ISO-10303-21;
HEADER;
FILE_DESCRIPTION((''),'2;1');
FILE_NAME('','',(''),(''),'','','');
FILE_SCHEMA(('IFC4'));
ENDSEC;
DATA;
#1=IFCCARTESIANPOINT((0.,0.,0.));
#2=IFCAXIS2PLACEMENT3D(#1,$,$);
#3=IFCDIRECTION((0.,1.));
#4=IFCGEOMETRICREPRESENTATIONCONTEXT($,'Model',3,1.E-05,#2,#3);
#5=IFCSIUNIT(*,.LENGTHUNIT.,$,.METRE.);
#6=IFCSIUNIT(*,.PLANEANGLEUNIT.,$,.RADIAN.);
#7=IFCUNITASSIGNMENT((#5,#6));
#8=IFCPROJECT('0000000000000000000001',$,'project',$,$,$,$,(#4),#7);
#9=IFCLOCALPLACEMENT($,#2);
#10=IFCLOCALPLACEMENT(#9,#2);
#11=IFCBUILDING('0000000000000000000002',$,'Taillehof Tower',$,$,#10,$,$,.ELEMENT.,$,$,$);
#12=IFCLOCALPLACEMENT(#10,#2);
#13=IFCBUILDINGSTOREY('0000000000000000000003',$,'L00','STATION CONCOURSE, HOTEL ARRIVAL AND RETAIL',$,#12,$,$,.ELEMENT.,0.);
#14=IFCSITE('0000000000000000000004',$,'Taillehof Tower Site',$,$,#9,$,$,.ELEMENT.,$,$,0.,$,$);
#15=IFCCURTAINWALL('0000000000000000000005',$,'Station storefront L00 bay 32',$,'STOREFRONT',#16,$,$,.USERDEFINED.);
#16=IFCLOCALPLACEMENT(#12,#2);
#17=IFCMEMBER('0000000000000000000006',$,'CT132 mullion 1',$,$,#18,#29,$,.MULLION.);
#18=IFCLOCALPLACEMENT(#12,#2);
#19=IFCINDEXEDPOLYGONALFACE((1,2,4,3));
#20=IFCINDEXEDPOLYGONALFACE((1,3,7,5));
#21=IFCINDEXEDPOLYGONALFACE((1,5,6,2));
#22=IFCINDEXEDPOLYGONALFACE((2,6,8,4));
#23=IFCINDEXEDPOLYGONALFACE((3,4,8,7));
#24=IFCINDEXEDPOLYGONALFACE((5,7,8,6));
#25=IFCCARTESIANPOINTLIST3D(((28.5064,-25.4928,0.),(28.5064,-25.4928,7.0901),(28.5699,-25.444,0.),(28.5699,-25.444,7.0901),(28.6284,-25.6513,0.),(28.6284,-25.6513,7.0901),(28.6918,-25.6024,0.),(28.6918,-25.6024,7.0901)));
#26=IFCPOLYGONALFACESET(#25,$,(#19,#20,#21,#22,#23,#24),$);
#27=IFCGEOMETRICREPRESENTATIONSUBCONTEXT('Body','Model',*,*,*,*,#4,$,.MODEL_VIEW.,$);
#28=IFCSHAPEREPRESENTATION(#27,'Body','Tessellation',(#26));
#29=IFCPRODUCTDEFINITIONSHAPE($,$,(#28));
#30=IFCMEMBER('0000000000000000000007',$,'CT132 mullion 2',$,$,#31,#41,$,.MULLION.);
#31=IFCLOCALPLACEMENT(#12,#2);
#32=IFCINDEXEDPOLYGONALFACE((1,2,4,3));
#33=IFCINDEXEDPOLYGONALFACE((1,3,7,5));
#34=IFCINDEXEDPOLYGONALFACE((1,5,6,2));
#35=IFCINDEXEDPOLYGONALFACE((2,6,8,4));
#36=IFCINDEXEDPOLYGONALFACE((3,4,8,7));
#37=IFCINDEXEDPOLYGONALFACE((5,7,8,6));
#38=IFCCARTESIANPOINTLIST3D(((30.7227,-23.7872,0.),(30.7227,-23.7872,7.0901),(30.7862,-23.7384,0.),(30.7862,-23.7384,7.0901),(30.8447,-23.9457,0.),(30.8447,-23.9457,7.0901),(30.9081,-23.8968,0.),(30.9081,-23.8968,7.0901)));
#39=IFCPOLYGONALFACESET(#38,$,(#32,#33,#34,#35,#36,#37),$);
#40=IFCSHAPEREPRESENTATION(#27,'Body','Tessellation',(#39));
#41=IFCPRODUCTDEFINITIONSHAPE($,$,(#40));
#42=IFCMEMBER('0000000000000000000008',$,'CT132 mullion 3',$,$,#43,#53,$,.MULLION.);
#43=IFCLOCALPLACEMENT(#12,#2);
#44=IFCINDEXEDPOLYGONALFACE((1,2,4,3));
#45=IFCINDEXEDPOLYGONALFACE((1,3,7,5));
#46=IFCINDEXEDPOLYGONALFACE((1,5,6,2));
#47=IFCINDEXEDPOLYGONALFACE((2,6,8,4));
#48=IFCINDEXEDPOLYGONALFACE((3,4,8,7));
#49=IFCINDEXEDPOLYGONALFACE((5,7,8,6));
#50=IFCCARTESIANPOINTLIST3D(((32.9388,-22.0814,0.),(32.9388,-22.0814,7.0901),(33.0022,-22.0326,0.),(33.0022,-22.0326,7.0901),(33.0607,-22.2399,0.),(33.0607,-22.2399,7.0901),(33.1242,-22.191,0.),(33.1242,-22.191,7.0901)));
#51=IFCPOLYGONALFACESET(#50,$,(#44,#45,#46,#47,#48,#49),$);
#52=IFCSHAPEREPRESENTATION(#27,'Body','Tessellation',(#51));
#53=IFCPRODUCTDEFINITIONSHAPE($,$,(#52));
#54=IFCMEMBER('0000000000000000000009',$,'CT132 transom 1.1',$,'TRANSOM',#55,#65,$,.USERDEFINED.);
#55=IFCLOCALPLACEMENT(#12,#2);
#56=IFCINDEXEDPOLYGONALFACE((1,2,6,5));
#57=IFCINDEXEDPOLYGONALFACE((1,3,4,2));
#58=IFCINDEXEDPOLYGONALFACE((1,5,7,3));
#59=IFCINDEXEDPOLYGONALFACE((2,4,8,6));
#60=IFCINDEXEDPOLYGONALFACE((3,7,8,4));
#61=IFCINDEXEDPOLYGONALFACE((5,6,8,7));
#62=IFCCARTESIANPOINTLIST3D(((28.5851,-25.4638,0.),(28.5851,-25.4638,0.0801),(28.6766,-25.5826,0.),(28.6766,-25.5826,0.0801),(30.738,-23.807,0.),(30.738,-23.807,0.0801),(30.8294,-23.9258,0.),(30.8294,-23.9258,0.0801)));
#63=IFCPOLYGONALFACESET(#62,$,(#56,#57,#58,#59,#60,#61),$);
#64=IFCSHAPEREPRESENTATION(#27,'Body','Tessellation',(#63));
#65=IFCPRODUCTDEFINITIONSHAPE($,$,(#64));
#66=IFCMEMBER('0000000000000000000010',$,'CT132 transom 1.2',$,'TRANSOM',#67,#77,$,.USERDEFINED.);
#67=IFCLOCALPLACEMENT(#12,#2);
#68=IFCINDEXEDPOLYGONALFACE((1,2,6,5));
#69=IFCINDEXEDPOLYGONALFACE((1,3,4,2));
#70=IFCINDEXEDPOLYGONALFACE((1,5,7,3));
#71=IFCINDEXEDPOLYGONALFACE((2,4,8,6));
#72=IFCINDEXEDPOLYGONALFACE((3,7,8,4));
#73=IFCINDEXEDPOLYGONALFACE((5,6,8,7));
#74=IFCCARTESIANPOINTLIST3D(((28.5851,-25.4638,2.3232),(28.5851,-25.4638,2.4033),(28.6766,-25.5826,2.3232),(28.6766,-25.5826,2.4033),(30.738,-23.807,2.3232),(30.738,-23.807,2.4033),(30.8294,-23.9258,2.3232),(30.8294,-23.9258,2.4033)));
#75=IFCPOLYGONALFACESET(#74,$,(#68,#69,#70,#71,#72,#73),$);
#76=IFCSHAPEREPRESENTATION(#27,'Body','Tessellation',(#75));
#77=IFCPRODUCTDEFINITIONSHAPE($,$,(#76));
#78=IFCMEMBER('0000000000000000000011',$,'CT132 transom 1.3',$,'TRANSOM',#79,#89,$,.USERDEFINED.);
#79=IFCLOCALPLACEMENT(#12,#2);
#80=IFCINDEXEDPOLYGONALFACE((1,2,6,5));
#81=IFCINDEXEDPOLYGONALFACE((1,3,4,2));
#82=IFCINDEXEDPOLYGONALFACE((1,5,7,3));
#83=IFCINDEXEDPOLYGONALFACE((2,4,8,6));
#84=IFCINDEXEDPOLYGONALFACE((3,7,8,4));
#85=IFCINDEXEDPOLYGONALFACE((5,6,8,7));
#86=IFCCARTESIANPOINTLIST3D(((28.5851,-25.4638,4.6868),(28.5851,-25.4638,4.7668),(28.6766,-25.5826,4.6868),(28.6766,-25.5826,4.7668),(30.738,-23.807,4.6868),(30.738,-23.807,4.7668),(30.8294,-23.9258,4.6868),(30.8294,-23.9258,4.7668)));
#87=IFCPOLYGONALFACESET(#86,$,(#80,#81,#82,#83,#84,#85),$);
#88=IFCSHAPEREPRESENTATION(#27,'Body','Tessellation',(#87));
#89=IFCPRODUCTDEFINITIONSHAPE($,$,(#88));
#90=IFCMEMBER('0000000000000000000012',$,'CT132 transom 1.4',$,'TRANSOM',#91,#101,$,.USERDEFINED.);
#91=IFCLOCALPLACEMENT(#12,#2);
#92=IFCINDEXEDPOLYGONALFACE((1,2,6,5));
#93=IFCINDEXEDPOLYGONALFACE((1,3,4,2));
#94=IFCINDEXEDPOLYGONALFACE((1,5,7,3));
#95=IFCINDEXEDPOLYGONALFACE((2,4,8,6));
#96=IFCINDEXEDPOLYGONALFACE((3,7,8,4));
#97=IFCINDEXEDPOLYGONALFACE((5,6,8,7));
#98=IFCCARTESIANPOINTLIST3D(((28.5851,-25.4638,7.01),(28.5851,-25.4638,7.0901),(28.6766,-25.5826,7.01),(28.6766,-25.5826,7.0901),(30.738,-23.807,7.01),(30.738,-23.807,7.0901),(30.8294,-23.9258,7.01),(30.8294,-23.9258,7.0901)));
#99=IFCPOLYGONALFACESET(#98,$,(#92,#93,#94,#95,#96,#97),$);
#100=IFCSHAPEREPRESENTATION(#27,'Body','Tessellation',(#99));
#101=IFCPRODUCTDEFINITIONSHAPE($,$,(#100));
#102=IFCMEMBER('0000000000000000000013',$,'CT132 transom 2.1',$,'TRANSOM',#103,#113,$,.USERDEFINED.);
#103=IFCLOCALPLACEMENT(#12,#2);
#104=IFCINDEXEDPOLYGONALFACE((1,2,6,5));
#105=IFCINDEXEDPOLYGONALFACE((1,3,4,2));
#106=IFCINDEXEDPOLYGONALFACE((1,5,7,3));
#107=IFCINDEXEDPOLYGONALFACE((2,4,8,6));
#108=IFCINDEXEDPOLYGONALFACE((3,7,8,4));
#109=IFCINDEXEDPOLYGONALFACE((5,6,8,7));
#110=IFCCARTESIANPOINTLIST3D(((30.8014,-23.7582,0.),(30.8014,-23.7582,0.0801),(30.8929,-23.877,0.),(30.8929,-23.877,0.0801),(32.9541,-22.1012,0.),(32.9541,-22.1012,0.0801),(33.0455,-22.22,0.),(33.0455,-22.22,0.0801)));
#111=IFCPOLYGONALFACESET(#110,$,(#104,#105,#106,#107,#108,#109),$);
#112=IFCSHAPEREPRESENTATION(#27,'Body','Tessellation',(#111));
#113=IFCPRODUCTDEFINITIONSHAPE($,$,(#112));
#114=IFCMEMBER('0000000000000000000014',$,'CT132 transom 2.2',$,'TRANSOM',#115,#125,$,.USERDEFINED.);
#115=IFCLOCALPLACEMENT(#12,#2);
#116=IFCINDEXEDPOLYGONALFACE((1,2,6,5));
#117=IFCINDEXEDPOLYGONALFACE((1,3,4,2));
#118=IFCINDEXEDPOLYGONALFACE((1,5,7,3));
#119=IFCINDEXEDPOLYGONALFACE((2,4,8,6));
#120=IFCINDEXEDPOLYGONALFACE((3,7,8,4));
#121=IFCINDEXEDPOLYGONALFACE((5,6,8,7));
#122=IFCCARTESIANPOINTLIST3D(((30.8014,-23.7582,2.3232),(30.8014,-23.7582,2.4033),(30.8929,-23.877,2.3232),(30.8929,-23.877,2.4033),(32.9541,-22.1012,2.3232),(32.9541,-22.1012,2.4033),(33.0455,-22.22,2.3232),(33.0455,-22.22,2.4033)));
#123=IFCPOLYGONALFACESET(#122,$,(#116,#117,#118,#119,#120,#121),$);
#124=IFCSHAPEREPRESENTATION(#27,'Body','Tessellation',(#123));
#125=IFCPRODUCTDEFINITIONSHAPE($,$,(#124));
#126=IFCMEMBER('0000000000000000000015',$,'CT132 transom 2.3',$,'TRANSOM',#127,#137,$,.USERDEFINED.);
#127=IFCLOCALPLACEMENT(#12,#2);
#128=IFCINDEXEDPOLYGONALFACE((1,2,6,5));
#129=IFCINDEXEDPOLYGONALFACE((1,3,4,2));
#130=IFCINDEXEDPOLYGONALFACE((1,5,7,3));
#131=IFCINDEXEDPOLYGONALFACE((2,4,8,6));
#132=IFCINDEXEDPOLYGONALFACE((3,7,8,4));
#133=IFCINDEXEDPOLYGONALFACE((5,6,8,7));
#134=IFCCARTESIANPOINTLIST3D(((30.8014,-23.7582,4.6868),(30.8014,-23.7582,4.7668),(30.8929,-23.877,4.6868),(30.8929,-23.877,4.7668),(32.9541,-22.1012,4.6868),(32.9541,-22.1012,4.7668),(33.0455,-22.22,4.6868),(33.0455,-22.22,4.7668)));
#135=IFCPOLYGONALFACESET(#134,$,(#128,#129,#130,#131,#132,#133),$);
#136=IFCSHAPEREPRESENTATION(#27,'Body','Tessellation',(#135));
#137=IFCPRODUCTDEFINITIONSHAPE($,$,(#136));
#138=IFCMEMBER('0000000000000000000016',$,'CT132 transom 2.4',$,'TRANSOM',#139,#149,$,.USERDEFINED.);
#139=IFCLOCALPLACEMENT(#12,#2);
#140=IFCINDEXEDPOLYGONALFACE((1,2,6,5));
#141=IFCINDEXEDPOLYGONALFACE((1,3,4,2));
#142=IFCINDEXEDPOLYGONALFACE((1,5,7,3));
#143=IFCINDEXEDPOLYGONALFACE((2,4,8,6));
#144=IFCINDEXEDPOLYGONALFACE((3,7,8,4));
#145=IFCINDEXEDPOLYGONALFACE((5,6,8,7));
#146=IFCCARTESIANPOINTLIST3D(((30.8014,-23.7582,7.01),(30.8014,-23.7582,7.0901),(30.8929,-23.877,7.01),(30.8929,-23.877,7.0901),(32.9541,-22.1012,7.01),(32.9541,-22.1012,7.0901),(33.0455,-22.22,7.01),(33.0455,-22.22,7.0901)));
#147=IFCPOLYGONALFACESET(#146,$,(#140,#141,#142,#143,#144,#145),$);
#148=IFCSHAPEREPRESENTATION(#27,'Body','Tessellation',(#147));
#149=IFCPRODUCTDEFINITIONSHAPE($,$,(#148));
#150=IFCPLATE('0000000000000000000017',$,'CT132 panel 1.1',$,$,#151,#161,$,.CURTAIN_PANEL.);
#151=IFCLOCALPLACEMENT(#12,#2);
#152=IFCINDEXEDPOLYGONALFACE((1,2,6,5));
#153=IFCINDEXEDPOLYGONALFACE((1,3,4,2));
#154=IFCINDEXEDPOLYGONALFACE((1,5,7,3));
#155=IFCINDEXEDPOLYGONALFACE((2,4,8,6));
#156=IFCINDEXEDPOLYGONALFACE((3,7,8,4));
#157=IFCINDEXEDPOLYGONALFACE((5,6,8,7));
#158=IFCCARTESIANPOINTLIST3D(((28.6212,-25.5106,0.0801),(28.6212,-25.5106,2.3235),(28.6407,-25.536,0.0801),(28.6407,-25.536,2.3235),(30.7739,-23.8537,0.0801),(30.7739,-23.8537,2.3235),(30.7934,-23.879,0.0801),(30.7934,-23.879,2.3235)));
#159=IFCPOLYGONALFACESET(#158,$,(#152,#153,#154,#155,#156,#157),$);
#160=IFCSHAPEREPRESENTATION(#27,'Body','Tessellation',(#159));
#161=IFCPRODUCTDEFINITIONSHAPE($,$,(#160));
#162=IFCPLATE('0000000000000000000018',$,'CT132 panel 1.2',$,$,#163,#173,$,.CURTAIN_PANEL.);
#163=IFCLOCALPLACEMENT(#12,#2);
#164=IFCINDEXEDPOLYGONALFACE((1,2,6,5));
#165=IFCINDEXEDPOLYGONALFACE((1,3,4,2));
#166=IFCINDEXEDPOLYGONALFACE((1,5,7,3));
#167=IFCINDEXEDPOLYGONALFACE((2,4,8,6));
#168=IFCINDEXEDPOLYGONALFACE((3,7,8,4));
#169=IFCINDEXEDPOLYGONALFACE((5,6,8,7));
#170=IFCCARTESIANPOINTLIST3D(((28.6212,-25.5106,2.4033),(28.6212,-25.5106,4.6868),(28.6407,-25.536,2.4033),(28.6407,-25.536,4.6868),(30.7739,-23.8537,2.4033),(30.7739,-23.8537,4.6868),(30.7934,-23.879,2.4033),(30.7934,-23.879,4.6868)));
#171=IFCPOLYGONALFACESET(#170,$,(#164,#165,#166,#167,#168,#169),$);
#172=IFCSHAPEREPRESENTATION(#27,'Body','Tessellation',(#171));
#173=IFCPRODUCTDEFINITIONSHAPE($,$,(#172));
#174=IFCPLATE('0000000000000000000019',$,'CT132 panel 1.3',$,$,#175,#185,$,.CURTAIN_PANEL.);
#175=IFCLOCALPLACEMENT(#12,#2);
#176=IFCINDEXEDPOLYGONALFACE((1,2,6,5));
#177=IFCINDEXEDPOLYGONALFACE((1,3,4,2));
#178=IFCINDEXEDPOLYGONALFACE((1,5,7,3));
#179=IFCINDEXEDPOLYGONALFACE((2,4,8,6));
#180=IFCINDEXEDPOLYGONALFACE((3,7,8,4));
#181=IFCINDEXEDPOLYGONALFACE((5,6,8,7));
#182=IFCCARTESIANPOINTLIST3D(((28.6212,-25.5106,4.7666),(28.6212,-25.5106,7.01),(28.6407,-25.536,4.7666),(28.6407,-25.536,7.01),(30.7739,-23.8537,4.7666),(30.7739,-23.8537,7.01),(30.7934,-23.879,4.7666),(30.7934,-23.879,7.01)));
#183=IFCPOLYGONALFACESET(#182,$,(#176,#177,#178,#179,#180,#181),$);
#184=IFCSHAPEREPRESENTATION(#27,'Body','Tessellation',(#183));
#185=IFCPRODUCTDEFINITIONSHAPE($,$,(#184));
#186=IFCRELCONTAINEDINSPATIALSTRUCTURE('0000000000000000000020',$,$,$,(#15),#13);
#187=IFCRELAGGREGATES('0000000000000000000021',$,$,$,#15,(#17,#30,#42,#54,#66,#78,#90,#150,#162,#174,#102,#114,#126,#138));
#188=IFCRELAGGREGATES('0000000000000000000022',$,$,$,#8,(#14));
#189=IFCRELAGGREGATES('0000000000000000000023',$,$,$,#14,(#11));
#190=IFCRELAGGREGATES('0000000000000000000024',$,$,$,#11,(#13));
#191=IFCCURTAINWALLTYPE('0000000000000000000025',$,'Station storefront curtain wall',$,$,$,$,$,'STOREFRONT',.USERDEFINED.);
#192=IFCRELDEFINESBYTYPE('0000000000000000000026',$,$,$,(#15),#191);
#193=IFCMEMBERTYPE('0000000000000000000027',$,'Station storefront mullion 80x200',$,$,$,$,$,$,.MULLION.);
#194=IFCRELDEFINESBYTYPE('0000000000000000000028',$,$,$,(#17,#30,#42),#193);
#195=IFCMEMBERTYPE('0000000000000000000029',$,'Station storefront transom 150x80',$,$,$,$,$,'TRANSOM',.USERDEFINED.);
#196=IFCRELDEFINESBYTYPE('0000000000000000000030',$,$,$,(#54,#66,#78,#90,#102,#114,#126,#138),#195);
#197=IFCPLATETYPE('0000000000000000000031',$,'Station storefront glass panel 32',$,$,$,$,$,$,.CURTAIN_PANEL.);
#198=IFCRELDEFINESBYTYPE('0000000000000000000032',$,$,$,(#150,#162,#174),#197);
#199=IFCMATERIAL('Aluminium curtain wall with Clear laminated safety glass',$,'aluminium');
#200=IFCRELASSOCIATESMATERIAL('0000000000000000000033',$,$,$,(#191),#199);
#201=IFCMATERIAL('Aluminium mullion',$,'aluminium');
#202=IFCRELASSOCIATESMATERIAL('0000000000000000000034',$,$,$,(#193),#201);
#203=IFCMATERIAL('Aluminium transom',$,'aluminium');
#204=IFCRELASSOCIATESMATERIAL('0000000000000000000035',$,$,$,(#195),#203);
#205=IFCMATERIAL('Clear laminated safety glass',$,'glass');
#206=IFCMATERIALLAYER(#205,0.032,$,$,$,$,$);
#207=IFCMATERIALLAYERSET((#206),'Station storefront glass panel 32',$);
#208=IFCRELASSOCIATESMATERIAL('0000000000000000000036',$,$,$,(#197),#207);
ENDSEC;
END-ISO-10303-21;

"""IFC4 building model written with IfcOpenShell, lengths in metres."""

from ifc_helpers import new_model, si_unit, direction, frame, origin, origin_2d, place, context, subcontext, project, spatial, rectangle, extrude, material, layer, layer_set, material_profile, profile_set, type_object, element, aggregate, save


model = new_model("IFC4")

# Units and contexts
model_context = context("Model", 3, precision=1e-05, world=origin(), true_north=direction((0.0, 1.0)))
body_context = subcontext(model_context, "Body", "Model", "MODEL_VIEW")
ifc_project = project(units=[si_unit("LENGTHUNIT", "METRE"), si_unit("PLANEANGLEUNIT", "RADIAN")], contexts=[model_context])

# Site, building, storey
site_placement = place(None, origin())
site = spatial("IfcSite", under=ifc_project, at=site_placement, Name="Taillehof Tower Site", CompositionType="ELEMENT", RefElevation=0.0)
building_placement = place(site_placement, origin())
building = spatial("IfcBuilding", under=site, at=building_placement, Name="Taillehof Tower", CompositionType="ELEMENT")
storey_placement = place(building_placement, origin())
storey = spatial("IfcBuildingStorey", under=building, at=storey_placement, Name="L00", Description="STATION CONCOURSE, HOTEL ARRIVAL AND RETAIL", CompositionType="ELEMENT", Elevation=0.0)

# Curtain wall, members, plates
ifc_material_1 = material(Name="Aluminium curtain wall with Clear laminated safety glass", Category="aluminium")
curtain_wall_type = type_object("IfcCurtainWallType", Name="Station storefront curtain wall", ElementType="STOREFRONT", PredefinedType="USERDEFINED", material=ifc_material_1)
curtain_wall_placement = place(storey_placement, origin())
curtain_wall = element("IfcCurtainWall", 1, at=curtain_wall_placement, inside=storey, type_object=curtain_wall_type, Name="Station storefront L00 bay 32", ObjectType="STOREFRONT", PredefinedType="USERDEFINED")
ifc_material_2 = material(Name="Aluminium mullion", Category="aluminium")
ifc_material_profile_1 = material_profile(ifc_material_2, rectangle(XDim=0.2, YDim=0.0801, at=origin_2d()), Name="AL 80x200")
ifc_profile_set_1 = profile_set([ifc_material_profile_1], Name="Aluminium mullion")
member_type_1 = type_object("IfcMemberType", Name="Station storefront mullion 80x200", PredefinedType="MULLION", material=ifc_profile_set_1)
member_1_placement = place(storey_placement, frame((28.5991, -25.5476, 0.0), z_axis=(0.0, 0.0, 1.0), x_axis=(-0.609932, 0.792454, 0.0)))
member_1 = element("IfcMember", 2, at=member_1_placement, type_object=member_type_1, Name="CT132 mullion 1", PredefinedType="MULLION", context=body_context, shape_type="SweptSolid", body=[
    extrude(rectangle(XDim=0.2, YDim=0.0801, at=origin_2d()), origin(), (0.0, 0.0, 1.0), 7.0901),
])
member_2_placement = place(storey_placement, frame((30.8154, -23.842, 0.0), z_axis=(0.0, 0.0, 1.0), x_axis=(-0.609932, 0.792454, 0.0)))
member_2 = element("IfcMember", 3, at=member_2_placement, type_object=member_type_1, Name="CT132 mullion 2", PredefinedType="MULLION", context=body_context, shape_type="SweptSolid", body=[
    extrude(rectangle(XDim=0.2, YDim=0.0801, at=origin_2d()), origin(), (0.0, 0.0, 1.0), 7.0901),
])
member_3_placement = place(storey_placement, frame((33.0315, -22.1362, 0.0), z_axis=(0.0, 0.0, 1.0), x_axis=(-0.609932, 0.792454, 0.0)))
member_3 = element("IfcMember", 4, at=member_3_placement, type_object=member_type_1, Name="CT132 mullion 3", PredefinedType="MULLION", context=body_context, shape_type="SweptSolid", body=[
    extrude(rectangle(XDim=0.2, YDim=0.0801, at=origin_2d()), origin(), (0.0, 0.0, 1.0), 7.0901),
])
ifc_material_3 = material(Name="Aluminium transom", Category="aluminium")
ifc_material_profile_2 = material_profile(ifc_material_3, rectangle(XDim=0.1499, YDim=0.0801, at=origin_2d()), Name="AL 150x80")
ifc_profile_set_2 = profile_set([ifc_material_profile_2], Name="Aluminium transom")
member_type_2 = type_object("IfcMemberType", Name="Station storefront transom 150x80", ElementType="TRANSOM", PredefinedType="USERDEFINED", material=ifc_profile_set_2)
member_4_placement = place(storey_placement, frame((28.6309, -25.5232, 0.04), z_axis=(0.792497, 0.609876, 0.0), x_axis=(-0.609876, 0.792497, 0.0)))
member_4 = element("IfcMember", 5, at=member_4_placement, type_object=member_type_2, Name="CT132 transom 1.1", ObjectType="TRANSOM", PredefinedType="USERDEFINED", context=body_context, shape_type="SweptSolid", body=[
    extrude(rectangle(XDim=0.1499, YDim=0.0801, at=origin_2d()), origin(), (0.0, 0.0, 1.0), 2.7166),
])
member_5_placement = place(storey_placement, frame((28.6309, -25.5232, 2.3633), z_axis=(0.792497, 0.609876, 0.0), x_axis=(-0.609876, 0.792497, 0.0)))
member_5 = element("IfcMember", 6, at=member_5_placement, type_object=member_type_2, Name="CT132 transom 1.2", ObjectType="TRANSOM", PredefinedType="USERDEFINED", context=body_context, shape_type="SweptSolid", body=[
    extrude(rectangle(XDim=0.1499, YDim=0.0801, at=origin_2d()), origin(), (0.0, 0.0, 1.0), 2.7166),
])
member_6_placement = place(storey_placement, frame((28.6309, -25.5232, 4.7268), z_axis=(0.792497, 0.609876, 0.0), x_axis=(-0.609876, 0.792497, 0.0)))
member_6 = element("IfcMember", 7, at=member_6_placement, type_object=member_type_2, Name="CT132 transom 1.3", ObjectType="TRANSOM", PredefinedType="USERDEFINED", context=body_context, shape_type="SweptSolid", body=[
    extrude(rectangle(XDim=0.1499, YDim=0.0801, at=origin_2d()), origin(), (0.0, 0.0, 1.0), 2.7166),
])
member_7_placement = place(storey_placement, frame((28.6309, -25.5232, 7.05), z_axis=(0.792497, 0.609876, 0.0), x_axis=(-0.609876, 0.792497, 0.0)))
member_7 = element("IfcMember", 8, at=member_7_placement, type_object=member_type_2, Name="CT132 transom 1.4", ObjectType="TRANSOM", PredefinedType="USERDEFINED", context=body_context, shape_type="SweptSolid", body=[
    extrude(rectangle(XDim=0.1499, YDim=0.0801, at=origin_2d()), origin(), (0.0, 0.0, 1.0), 2.7166),
])
member_8_placement = place(storey_placement, frame((30.8472, -23.8176, 0.04), z_axis=(0.79242, 0.609976, 0.0), x_axis=(-0.609976, 0.79242, 0.0)))
member_8 = element("IfcMember", 9, at=member_8_placement, type_object=member_type_2, Name="CT132 transom 2.1", ObjectType="TRANSOM", PredefinedType="USERDEFINED", context=body_context, shape_type="SweptSolid", body=[
    extrude(rectangle(XDim=0.1499, YDim=0.0801, at=origin_2d()), origin(), (0.0, 0.0, 1.0), 2.7166),
])
member_9_placement = place(storey_placement, frame((30.8472, -23.8176, 2.3633), z_axis=(0.79242, 0.609976, 0.0), x_axis=(-0.609976, 0.79242, 0.0)))
member_9 = element("IfcMember", 10, at=member_9_placement, type_object=member_type_2, Name="CT132 transom 2.2", ObjectType="TRANSOM", PredefinedType="USERDEFINED", context=body_context, shape_type="SweptSolid", body=[
    extrude(rectangle(XDim=0.1499, YDim=0.0801, at=origin_2d()), origin(), (0.0, 0.0, 1.0), 2.7166),
])
member_10_placement = place(storey_placement, frame((30.8472, -23.8176, 4.7268), z_axis=(0.79242, 0.609976, 0.0), x_axis=(-0.609976, 0.79242, 0.0)))
member_10 = element("IfcMember", 11, at=member_10_placement, type_object=member_type_2, Name="CT132 transom 2.3", ObjectType="TRANSOM", PredefinedType="USERDEFINED", context=body_context, shape_type="SweptSolid", body=[
    extrude(rectangle(XDim=0.1499, YDim=0.0801, at=origin_2d()), origin(), (0.0, 0.0, 1.0), 2.7166),
])
member_11_placement = place(storey_placement, frame((30.8472, -23.8176, 7.05), z_axis=(0.79242, 0.609976, 0.0), x_axis=(-0.609976, 0.79242, 0.0)))
member_11 = element("IfcMember", 12, at=member_11_placement, type_object=member_type_2, Name="CT132 transom 2.4", ObjectType="TRANSOM", PredefinedType="USERDEFINED", context=body_context, shape_type="SweptSolid", body=[
    extrude(rectangle(XDim=0.1499, YDim=0.0801, at=origin_2d()), origin(), (0.0, 0.0, 1.0), 2.7166),
])
ifc_material_4 = material(Name="Clear laminated safety glass", Category="glass")
ifc_layer_1 = layer(ifc_material_4, 0.032)
ifc_layer_set_1 = layer_set([ifc_layer_1], Name="Station storefront glass panel 32")
plate_type = type_object("IfcPlateType", Name="Station storefront glass panel 32", PredefinedType="CURTAIN_PANEL", material=ifc_layer_set_1)
plate_1_placement = place(storey_placement, frame((29.7073, -24.6948, 0.0801), z_axis=(0.0, 0.0, 1.0), x_axis=(0.792454, 0.609932, 0.0)))
plate_1 = element("IfcPlate", 13, at=plate_1_placement, type_object=plate_type, Name="CT132 panel 1.1", PredefinedType="CURTAIN_PANEL", context=body_context, shape_type="SweptSolid", body=[
    extrude(rectangle(XDim=2.7166, YDim=0.032, at=origin_2d()), origin(), (0.0, 0.0, 1.0), 2.2434),
])
plate_2_placement = place(storey_placement, frame((29.7073, -24.6948, 2.4033), z_axis=(0.0, 0.0, 1.0), x_axis=(0.792454, 0.609932, 0.0)))
plate_2 = element("IfcPlate", 14, at=plate_2_placement, type_object=plate_type, Name="CT132 panel 1.2", PredefinedType="CURTAIN_PANEL", context=body_context, shape_type="SweptSolid", body=[
    extrude(rectangle(XDim=2.7166, YDim=0.032, at=origin_2d()), origin(), (0.0, 0.0, 1.0), 2.2834),
])
plate_3_placement = place(storey_placement, frame((29.7073, -24.6948, 4.7666), z_axis=(0.0, 0.0, 1.0), x_axis=(0.792454, 0.609932, 0.0)))
plate_3 = element("IfcPlate", 15, at=plate_3_placement, type_object=plate_type, Name="CT132 panel 1.3", PredefinedType="CURTAIN_PANEL", context=body_context, shape_type="SweptSolid", body=[
    extrude(rectangle(XDim=2.7166, YDim=0.032, at=origin_2d()), origin(), (0.0, 0.0, 1.0), 2.2434),
])
aggregate(curtain_wall, [member_1, member_2, member_3, member_4, member_5, member_6, member_7, plate_1, plate_2, plate_3, member_8, member_9, member_10, member_11])

save(model, "model.ifc")
